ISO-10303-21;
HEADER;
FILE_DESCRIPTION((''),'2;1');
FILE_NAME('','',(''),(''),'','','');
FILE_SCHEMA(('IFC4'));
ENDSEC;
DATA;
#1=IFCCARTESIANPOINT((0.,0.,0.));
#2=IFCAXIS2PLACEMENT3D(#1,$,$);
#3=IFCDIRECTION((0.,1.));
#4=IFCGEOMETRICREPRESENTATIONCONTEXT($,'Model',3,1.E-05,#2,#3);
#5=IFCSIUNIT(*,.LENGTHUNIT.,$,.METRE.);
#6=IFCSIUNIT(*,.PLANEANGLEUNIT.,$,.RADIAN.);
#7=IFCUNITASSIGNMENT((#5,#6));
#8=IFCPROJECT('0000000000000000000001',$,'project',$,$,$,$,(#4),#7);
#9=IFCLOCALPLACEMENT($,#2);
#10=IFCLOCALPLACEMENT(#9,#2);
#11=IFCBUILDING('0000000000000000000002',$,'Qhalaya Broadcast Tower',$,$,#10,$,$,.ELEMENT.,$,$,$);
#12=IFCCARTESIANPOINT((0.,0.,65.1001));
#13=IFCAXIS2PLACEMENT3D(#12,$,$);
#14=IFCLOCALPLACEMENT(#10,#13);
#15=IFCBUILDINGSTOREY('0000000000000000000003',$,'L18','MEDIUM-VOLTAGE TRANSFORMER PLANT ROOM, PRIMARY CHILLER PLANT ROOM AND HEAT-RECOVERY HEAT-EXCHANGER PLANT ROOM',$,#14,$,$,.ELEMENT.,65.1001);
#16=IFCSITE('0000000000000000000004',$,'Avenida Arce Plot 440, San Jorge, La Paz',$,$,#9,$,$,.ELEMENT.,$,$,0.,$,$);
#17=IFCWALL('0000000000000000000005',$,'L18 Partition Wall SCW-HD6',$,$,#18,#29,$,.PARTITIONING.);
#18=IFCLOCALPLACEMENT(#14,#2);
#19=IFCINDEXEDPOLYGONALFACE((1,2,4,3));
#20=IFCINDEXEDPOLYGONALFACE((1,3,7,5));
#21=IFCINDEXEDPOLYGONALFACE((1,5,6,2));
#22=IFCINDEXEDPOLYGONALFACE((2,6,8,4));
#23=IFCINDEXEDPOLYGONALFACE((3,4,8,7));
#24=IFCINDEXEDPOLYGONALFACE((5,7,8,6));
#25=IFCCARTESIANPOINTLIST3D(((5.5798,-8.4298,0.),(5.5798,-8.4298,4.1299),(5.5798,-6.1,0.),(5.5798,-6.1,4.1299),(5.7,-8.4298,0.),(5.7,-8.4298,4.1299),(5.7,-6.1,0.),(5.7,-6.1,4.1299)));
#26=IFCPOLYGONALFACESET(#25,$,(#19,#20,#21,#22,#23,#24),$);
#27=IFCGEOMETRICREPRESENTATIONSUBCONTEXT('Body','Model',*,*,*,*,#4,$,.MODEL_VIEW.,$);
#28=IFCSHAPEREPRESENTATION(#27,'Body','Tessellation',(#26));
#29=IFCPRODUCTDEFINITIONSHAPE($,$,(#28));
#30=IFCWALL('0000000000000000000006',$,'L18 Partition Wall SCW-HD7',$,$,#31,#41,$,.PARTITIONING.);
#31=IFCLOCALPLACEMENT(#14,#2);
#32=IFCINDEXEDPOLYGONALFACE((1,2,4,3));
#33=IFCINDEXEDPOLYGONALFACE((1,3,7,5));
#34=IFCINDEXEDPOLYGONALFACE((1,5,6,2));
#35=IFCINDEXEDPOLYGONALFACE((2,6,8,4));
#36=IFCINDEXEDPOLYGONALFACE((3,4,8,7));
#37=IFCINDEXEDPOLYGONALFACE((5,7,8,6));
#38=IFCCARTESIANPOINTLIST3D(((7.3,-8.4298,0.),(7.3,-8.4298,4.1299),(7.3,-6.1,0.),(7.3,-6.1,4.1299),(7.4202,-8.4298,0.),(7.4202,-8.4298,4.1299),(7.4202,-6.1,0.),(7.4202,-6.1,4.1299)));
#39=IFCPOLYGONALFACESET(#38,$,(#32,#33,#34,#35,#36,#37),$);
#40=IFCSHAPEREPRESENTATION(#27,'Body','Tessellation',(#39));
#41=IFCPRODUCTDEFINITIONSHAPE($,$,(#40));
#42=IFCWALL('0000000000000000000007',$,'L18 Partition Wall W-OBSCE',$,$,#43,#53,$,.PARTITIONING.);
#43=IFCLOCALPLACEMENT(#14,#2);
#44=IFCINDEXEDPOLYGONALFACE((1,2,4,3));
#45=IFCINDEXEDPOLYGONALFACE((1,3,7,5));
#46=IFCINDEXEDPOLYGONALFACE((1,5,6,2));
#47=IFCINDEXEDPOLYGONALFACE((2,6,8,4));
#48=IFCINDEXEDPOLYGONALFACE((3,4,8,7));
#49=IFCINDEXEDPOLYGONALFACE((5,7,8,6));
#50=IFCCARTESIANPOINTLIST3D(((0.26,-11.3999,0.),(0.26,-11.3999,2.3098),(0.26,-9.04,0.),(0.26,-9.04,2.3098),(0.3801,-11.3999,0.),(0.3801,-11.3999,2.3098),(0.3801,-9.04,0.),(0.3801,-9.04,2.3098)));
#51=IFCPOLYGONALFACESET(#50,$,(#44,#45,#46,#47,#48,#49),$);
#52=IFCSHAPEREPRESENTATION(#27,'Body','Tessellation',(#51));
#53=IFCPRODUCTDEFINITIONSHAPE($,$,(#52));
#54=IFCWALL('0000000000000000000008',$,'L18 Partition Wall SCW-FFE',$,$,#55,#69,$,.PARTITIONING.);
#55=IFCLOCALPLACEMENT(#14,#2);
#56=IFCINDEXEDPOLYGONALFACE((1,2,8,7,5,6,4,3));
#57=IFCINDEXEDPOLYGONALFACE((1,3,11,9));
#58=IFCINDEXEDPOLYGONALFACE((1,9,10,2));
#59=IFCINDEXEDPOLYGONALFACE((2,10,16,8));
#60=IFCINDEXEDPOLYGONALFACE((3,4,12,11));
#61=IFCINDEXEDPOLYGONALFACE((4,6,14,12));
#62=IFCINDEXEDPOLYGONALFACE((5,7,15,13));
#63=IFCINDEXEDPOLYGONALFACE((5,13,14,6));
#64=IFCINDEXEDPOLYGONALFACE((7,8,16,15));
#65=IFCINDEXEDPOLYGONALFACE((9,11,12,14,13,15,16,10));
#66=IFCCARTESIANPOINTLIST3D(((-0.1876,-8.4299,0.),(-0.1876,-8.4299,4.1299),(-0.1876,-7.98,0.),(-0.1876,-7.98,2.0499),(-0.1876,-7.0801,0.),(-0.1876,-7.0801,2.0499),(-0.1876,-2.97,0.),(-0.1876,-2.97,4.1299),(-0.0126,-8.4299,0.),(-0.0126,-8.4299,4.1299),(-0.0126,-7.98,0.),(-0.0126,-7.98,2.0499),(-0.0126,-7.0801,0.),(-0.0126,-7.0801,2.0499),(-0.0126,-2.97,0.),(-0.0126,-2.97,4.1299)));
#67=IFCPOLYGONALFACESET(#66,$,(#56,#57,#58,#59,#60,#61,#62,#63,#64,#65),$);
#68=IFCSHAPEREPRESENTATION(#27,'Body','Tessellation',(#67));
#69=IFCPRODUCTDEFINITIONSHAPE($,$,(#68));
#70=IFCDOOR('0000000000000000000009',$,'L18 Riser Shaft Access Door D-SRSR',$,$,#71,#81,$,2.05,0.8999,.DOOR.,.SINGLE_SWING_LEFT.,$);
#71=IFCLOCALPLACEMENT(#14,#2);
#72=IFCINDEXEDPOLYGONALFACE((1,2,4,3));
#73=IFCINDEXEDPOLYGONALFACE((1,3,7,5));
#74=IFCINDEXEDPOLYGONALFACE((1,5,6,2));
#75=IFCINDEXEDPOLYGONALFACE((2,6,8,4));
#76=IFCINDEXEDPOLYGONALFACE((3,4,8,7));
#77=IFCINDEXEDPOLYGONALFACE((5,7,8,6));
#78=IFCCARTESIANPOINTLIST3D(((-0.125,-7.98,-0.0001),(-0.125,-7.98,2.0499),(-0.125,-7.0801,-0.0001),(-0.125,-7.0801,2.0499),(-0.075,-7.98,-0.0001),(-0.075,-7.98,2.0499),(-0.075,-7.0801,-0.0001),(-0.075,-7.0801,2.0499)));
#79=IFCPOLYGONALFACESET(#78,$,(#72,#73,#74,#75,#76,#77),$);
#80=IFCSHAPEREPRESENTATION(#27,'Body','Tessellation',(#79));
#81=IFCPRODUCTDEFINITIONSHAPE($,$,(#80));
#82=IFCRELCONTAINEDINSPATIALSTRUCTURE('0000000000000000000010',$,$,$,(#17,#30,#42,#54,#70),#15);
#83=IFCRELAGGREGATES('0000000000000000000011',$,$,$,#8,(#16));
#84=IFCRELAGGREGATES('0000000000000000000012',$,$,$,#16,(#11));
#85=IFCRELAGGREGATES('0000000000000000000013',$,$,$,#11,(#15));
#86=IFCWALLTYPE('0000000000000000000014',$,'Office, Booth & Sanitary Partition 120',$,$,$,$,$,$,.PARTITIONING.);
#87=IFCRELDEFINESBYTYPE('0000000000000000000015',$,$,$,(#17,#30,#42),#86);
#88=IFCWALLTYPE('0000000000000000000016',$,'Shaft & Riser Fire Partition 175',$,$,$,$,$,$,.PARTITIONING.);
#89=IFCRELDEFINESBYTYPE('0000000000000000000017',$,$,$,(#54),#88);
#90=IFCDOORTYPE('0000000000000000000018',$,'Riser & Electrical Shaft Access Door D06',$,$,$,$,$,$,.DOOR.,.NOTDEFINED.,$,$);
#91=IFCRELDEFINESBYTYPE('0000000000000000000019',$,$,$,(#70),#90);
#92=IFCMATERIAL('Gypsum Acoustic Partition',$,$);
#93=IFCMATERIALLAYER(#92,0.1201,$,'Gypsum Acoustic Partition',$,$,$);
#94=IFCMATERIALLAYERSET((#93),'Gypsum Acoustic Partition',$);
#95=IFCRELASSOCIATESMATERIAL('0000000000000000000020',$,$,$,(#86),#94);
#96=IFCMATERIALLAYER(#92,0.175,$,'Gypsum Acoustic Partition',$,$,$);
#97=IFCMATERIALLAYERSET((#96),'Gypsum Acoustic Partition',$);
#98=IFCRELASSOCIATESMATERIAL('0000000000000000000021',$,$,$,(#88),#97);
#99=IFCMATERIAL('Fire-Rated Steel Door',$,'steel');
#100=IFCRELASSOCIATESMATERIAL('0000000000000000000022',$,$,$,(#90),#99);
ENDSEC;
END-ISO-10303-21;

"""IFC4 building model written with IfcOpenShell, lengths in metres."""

from ifc_helpers import new_model, si_unit, direction, frame, frame_2d, origin, place, context, subcontext, project, spatial, rectangle, extrude, material, layer, layer_set, type_object, element, fill, save


model = new_model("IFC4")

# Units and contexts
model_context = context("Model", 3, precision=1e-05, world=origin(), true_north=direction((0.0, 1.0)))
body_context = subcontext(model_context, "Body", "Model", "MODEL_VIEW")
ifc_project = project(units=[si_unit("LENGTHUNIT", "METRE"), si_unit("PLANEANGLEUNIT", "RADIAN")], contexts=[model_context])

# Site, building, storey
site_placement = place(None, origin())
site = spatial("IfcSite", under=ifc_project, at=site_placement, Name="Avenida Arce Plot 440, San Jorge, La Paz", CompositionType="ELEMENT", RefElevation=0.0)
building_placement = place(site_placement, origin())
building = spatial("IfcBuilding", under=site, at=building_placement, Name="Qhalaya Broadcast Tower", CompositionType="ELEMENT")
storey_placement = place(building_placement, frame((0.0, 0.0, 65.1001)))
storey = spatial("IfcBuildingStorey", under=building, at=storey_placement, Name="L18", Description="MEDIUM-VOLTAGE TRANSFORMER PLANT ROOM, PRIMARY CHILLER PLANT ROOM AND HEAT-RECOVERY HEAT-EXCHANGER PLANT ROOM", CompositionType="ELEMENT", Elevation=65.1001)

# Walls
ifc_material_1 = material(Name="Gypsum Acoustic Partition")
ifc_layer_1 = layer(ifc_material_1, 0.1201, Name="Gypsum Acoustic Partition")
ifc_layer_set_1 = layer_set([ifc_layer_1], Name="Gypsum Acoustic Partition")
wall_type_1 = type_object("IfcWallType", Name="Office, Booth & Sanitary Partition 120", PredefinedType="PARTITIONING", material=ifc_layer_set_1)
for number, where, z_axis, x_axis, name in (
    (1, (5.6399, -8.4299, 0.0), (0.0, 0.0, 1.0), (0.0, 1.0, 0.0), "L18 Partition Wall SCW-HD6"),
    (2, (7.3601, -8.4299, 0.0), (0.0, 0.0, 1.0), (0.0, 1.0, 0.0), "L18 Partition Wall SCW-HD7"),
):
    element("IfcWall", number, at=place(storey_placement, frame(where, z_axis=z_axis, x_axis=x_axis)), inside=storey, type_object=wall_type_1, Name=name, PredefinedType="PARTITIONING", context=body_context, shape_type="SweptSolid", body=[
        extrude(rectangle(XDim=2.3298, YDim=0.1201, at=frame_2d((1.165, 0.0))), origin(), (0.0, 0.0, 1.0), 4.1299),
    ])
wall_1_placement = place(storey_placement, frame((0.3201, -11.3999, 0.0), z_axis=(0.0, 0.0, 1.0), x_axis=(0.0, 1.0, 0.0)))
element("IfcWall", 3, at=wall_1_placement, inside=storey, type_object=wall_type_1, Name="L18 Partition Wall W-OBSCE", PredefinedType="PARTITIONING", context=body_context, shape_type="SweptSolid", body=[
    extrude(rectangle(XDim=2.3599, YDim=0.1201, at=frame_2d((1.1799, 0.0))), origin(), (0.0, 0.0, 1.0), 2.3098),
])

# Wall, opening, door
ifc_layer_2 = layer(ifc_material_1, 0.175, Name="Gypsum Acoustic Partition")
ifc_layer_set_2 = layer_set([ifc_layer_2], Name="Gypsum Acoustic Partition")
wall_type_2 = type_object("IfcWallType", Name="Shaft & Riser Fire Partition 175", PredefinedType="PARTITIONING", material=ifc_layer_set_2)
wall_2_placement = place(storey_placement, frame((-0.1001, -8.4299, 0.0), z_axis=(0.0, 0.0, 1.0), x_axis=(0.0, 1.0, 0.0)))
wall_2 = element("IfcWall", 4, at=wall_2_placement, inside=storey, type_object=wall_type_2, Name="L18 Partition Wall SCW-FFE", PredefinedType="PARTITIONING", context=body_context, shape_type="SweptSolid", body=[
    extrude(rectangle(XDim=5.46, YDim=0.175, at=frame_2d((2.73, 0.0))), origin(), (0.0, 0.0, 1.0), 4.1299),
])
opening_1_placement = place(wall_2_placement, frame((0.45, 0.0, 0.0)))
opening_1 = element("IfcOpeningElement", 5, at=opening_1_placement, cuts=wall_2, PredefinedType="OPENING", context=body_context, shape_type="SweptSolid", body=[
    extrude(rectangle(XDim=0.8999, YDim=2.05, at=frame_2d((0.45, 1.0249))), frame((0.0, 0.0996, 0.0), z_axis=(0.0, -1.0, 0.0), x_axis=(1.0, 0.0, 0.0)), (0.0, 0.0, 1.0), 0.199),
])
ifc_material_2 = material(Name="Fire-Rated Steel Door", Category="steel")
door_type_1 = type_object("IfcDoorType", Name="Riser & Electrical Shaft Access Door D06", OperationType="NOTDEFINED", PredefinedType="DOOR", material=ifc_material_2)
door_1_placement = place(opening_1_placement, origin())
door_1 = element("IfcDoor", 6, at=door_1_placement, inside=storey, type_object=door_type_1, Name="L18 Riser Shaft Access Door D-SRSR", OperationType="SINGLE_SWING_LEFT", OverallHeight=2.05, OverallWidth=0.8999, PredefinedType="DOOR", context=body_context, shape_type="SweptSolid", body=[
    extrude(rectangle(XDim=0.8999, YDim=2.05, at=frame_2d((0.45, 1.0249))), frame((0.0, 0.0249, 0.0), z_axis=(0.0, -1.0, 0.0), x_axis=(1.0, 0.0, 0.0)), (0.0, 0.0, 1.0), 0.05),
])
fill(opening_1, door_1)

save(model, "model.ifc")
